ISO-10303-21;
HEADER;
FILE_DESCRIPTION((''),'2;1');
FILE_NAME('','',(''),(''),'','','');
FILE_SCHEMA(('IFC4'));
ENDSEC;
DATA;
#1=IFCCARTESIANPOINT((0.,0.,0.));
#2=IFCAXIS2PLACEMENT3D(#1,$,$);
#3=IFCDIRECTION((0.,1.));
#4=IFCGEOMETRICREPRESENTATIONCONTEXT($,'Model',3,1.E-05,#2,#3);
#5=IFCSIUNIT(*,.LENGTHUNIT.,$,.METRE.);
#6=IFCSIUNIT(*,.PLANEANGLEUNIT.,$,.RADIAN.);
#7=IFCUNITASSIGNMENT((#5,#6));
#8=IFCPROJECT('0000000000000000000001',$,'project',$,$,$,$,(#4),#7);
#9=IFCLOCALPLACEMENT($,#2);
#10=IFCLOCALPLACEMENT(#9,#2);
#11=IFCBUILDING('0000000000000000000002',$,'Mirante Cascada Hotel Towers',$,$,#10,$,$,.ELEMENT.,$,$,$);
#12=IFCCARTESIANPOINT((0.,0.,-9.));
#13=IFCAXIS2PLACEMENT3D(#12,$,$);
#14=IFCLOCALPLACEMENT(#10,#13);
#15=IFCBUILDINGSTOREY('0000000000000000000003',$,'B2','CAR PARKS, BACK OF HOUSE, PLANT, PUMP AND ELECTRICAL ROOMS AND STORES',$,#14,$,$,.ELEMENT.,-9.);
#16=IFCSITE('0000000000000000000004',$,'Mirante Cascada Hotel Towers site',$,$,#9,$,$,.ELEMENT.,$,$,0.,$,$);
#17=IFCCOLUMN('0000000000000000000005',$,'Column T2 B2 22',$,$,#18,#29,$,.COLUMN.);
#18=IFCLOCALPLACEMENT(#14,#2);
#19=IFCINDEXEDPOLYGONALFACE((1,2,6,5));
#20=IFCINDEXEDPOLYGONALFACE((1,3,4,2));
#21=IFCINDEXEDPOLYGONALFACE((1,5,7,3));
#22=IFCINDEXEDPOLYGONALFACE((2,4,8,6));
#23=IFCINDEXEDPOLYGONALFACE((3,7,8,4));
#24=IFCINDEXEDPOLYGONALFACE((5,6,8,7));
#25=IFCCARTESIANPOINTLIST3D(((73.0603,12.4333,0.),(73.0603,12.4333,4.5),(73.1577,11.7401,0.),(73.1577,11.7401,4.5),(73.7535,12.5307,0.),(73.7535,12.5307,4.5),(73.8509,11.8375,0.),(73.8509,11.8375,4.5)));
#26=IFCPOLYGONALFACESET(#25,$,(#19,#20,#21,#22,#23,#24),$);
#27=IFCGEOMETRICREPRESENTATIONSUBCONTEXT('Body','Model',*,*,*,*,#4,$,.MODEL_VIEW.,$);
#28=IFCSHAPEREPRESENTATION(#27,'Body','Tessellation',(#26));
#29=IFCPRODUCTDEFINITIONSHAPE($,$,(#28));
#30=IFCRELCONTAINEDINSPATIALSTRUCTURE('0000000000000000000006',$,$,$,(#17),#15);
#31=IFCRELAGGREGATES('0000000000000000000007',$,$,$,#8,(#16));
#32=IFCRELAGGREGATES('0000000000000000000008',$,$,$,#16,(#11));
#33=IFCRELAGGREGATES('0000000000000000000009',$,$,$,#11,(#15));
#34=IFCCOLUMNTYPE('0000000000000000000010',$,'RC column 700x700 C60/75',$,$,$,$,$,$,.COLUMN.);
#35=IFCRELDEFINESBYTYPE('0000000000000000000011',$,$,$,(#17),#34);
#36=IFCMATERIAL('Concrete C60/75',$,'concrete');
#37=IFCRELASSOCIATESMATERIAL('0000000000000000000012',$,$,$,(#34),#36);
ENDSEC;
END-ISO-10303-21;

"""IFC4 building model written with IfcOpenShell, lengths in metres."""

from ifc_helpers import new_model, si_unit, direction, frame, origin, origin_2d, place, context, subcontext, project, spatial, rectangle, extrude, material, material_profile, profile_set, type_object, element, save


model = new_model("IFC4")

# Units and contexts
model_context = context("Model", 3, precision=1e-05, world=origin(), true_north=direction((0.0, 1.0)))
body_context = subcontext(model_context, "Body", "Model", "MODEL_VIEW")
ifc_project = project(units=[si_unit("LENGTHUNIT", "METRE"), si_unit("PLANEANGLEUNIT", "RADIAN")], contexts=[model_context])

# Site, building, storey
site_placement = place(None, origin())
site = spatial("IfcSite", under=ifc_project, at=site_placement, Name="Mirante Cascada Hotel Towers site", CompositionType="ELEMENT", RefElevation=0.0)
building_placement = place(site_placement, origin())
building = spatial("IfcBuilding", under=site, at=building_placement, Name="Mirante Cascada Hotel Towers", CompositionType="ELEMENT")
storey_placement = place(building_placement, frame((0.0, 0.0, -9.0)))
storey = spatial("IfcBuildingStorey", under=building, at=storey_placement, Name="B2", Description="CAR PARKS, BACK OF HOUSE, PLANT, PUMP AND ELECTRICAL ROOMS AND STORES", CompositionType="ELEMENT", Elevation=-9.0)

# Column
ifc_material_1 = material(Name="Concrete C60/75", Category="concrete")
ifc_material_profile_1 = material_profile(ifc_material_1, rectangle(XDim=0.7, YDim=0.7, at=origin_2d()), Name="RC column 700x700 C60/75")
ifc_profile_set_1 = profile_set([ifc_material_profile_1], Name="Concrete C60/75")
column_type_1 = type_object("IfcColumnType", Name="RC column 700x700 C60/75", PredefinedType="COLUMN", material=ifc_profile_set_1)
for number, where, z_axis, x_axis, name in (
    (1, (73.4556, 12.1354, 0.0), (0.0, 0.0, 1.0), (0.990268, 0.139173, 0.0), "Column T2 B2 22"),
):
    element("IfcColumn", number, at=place(storey_placement, frame(where, z_axis=z_axis, x_axis=x_axis)), inside=storey, type_object=column_type_1, Name=name, PredefinedType="COLUMN", context=body_context, shape_type="SweptSolid", body=[
        extrude(rectangle(XDim=0.7, YDim=0.7, at=origin_2d()), origin(), (0.0, 0.0, 1.0), 4.5),
    ])

save(model, "model.ifc")
